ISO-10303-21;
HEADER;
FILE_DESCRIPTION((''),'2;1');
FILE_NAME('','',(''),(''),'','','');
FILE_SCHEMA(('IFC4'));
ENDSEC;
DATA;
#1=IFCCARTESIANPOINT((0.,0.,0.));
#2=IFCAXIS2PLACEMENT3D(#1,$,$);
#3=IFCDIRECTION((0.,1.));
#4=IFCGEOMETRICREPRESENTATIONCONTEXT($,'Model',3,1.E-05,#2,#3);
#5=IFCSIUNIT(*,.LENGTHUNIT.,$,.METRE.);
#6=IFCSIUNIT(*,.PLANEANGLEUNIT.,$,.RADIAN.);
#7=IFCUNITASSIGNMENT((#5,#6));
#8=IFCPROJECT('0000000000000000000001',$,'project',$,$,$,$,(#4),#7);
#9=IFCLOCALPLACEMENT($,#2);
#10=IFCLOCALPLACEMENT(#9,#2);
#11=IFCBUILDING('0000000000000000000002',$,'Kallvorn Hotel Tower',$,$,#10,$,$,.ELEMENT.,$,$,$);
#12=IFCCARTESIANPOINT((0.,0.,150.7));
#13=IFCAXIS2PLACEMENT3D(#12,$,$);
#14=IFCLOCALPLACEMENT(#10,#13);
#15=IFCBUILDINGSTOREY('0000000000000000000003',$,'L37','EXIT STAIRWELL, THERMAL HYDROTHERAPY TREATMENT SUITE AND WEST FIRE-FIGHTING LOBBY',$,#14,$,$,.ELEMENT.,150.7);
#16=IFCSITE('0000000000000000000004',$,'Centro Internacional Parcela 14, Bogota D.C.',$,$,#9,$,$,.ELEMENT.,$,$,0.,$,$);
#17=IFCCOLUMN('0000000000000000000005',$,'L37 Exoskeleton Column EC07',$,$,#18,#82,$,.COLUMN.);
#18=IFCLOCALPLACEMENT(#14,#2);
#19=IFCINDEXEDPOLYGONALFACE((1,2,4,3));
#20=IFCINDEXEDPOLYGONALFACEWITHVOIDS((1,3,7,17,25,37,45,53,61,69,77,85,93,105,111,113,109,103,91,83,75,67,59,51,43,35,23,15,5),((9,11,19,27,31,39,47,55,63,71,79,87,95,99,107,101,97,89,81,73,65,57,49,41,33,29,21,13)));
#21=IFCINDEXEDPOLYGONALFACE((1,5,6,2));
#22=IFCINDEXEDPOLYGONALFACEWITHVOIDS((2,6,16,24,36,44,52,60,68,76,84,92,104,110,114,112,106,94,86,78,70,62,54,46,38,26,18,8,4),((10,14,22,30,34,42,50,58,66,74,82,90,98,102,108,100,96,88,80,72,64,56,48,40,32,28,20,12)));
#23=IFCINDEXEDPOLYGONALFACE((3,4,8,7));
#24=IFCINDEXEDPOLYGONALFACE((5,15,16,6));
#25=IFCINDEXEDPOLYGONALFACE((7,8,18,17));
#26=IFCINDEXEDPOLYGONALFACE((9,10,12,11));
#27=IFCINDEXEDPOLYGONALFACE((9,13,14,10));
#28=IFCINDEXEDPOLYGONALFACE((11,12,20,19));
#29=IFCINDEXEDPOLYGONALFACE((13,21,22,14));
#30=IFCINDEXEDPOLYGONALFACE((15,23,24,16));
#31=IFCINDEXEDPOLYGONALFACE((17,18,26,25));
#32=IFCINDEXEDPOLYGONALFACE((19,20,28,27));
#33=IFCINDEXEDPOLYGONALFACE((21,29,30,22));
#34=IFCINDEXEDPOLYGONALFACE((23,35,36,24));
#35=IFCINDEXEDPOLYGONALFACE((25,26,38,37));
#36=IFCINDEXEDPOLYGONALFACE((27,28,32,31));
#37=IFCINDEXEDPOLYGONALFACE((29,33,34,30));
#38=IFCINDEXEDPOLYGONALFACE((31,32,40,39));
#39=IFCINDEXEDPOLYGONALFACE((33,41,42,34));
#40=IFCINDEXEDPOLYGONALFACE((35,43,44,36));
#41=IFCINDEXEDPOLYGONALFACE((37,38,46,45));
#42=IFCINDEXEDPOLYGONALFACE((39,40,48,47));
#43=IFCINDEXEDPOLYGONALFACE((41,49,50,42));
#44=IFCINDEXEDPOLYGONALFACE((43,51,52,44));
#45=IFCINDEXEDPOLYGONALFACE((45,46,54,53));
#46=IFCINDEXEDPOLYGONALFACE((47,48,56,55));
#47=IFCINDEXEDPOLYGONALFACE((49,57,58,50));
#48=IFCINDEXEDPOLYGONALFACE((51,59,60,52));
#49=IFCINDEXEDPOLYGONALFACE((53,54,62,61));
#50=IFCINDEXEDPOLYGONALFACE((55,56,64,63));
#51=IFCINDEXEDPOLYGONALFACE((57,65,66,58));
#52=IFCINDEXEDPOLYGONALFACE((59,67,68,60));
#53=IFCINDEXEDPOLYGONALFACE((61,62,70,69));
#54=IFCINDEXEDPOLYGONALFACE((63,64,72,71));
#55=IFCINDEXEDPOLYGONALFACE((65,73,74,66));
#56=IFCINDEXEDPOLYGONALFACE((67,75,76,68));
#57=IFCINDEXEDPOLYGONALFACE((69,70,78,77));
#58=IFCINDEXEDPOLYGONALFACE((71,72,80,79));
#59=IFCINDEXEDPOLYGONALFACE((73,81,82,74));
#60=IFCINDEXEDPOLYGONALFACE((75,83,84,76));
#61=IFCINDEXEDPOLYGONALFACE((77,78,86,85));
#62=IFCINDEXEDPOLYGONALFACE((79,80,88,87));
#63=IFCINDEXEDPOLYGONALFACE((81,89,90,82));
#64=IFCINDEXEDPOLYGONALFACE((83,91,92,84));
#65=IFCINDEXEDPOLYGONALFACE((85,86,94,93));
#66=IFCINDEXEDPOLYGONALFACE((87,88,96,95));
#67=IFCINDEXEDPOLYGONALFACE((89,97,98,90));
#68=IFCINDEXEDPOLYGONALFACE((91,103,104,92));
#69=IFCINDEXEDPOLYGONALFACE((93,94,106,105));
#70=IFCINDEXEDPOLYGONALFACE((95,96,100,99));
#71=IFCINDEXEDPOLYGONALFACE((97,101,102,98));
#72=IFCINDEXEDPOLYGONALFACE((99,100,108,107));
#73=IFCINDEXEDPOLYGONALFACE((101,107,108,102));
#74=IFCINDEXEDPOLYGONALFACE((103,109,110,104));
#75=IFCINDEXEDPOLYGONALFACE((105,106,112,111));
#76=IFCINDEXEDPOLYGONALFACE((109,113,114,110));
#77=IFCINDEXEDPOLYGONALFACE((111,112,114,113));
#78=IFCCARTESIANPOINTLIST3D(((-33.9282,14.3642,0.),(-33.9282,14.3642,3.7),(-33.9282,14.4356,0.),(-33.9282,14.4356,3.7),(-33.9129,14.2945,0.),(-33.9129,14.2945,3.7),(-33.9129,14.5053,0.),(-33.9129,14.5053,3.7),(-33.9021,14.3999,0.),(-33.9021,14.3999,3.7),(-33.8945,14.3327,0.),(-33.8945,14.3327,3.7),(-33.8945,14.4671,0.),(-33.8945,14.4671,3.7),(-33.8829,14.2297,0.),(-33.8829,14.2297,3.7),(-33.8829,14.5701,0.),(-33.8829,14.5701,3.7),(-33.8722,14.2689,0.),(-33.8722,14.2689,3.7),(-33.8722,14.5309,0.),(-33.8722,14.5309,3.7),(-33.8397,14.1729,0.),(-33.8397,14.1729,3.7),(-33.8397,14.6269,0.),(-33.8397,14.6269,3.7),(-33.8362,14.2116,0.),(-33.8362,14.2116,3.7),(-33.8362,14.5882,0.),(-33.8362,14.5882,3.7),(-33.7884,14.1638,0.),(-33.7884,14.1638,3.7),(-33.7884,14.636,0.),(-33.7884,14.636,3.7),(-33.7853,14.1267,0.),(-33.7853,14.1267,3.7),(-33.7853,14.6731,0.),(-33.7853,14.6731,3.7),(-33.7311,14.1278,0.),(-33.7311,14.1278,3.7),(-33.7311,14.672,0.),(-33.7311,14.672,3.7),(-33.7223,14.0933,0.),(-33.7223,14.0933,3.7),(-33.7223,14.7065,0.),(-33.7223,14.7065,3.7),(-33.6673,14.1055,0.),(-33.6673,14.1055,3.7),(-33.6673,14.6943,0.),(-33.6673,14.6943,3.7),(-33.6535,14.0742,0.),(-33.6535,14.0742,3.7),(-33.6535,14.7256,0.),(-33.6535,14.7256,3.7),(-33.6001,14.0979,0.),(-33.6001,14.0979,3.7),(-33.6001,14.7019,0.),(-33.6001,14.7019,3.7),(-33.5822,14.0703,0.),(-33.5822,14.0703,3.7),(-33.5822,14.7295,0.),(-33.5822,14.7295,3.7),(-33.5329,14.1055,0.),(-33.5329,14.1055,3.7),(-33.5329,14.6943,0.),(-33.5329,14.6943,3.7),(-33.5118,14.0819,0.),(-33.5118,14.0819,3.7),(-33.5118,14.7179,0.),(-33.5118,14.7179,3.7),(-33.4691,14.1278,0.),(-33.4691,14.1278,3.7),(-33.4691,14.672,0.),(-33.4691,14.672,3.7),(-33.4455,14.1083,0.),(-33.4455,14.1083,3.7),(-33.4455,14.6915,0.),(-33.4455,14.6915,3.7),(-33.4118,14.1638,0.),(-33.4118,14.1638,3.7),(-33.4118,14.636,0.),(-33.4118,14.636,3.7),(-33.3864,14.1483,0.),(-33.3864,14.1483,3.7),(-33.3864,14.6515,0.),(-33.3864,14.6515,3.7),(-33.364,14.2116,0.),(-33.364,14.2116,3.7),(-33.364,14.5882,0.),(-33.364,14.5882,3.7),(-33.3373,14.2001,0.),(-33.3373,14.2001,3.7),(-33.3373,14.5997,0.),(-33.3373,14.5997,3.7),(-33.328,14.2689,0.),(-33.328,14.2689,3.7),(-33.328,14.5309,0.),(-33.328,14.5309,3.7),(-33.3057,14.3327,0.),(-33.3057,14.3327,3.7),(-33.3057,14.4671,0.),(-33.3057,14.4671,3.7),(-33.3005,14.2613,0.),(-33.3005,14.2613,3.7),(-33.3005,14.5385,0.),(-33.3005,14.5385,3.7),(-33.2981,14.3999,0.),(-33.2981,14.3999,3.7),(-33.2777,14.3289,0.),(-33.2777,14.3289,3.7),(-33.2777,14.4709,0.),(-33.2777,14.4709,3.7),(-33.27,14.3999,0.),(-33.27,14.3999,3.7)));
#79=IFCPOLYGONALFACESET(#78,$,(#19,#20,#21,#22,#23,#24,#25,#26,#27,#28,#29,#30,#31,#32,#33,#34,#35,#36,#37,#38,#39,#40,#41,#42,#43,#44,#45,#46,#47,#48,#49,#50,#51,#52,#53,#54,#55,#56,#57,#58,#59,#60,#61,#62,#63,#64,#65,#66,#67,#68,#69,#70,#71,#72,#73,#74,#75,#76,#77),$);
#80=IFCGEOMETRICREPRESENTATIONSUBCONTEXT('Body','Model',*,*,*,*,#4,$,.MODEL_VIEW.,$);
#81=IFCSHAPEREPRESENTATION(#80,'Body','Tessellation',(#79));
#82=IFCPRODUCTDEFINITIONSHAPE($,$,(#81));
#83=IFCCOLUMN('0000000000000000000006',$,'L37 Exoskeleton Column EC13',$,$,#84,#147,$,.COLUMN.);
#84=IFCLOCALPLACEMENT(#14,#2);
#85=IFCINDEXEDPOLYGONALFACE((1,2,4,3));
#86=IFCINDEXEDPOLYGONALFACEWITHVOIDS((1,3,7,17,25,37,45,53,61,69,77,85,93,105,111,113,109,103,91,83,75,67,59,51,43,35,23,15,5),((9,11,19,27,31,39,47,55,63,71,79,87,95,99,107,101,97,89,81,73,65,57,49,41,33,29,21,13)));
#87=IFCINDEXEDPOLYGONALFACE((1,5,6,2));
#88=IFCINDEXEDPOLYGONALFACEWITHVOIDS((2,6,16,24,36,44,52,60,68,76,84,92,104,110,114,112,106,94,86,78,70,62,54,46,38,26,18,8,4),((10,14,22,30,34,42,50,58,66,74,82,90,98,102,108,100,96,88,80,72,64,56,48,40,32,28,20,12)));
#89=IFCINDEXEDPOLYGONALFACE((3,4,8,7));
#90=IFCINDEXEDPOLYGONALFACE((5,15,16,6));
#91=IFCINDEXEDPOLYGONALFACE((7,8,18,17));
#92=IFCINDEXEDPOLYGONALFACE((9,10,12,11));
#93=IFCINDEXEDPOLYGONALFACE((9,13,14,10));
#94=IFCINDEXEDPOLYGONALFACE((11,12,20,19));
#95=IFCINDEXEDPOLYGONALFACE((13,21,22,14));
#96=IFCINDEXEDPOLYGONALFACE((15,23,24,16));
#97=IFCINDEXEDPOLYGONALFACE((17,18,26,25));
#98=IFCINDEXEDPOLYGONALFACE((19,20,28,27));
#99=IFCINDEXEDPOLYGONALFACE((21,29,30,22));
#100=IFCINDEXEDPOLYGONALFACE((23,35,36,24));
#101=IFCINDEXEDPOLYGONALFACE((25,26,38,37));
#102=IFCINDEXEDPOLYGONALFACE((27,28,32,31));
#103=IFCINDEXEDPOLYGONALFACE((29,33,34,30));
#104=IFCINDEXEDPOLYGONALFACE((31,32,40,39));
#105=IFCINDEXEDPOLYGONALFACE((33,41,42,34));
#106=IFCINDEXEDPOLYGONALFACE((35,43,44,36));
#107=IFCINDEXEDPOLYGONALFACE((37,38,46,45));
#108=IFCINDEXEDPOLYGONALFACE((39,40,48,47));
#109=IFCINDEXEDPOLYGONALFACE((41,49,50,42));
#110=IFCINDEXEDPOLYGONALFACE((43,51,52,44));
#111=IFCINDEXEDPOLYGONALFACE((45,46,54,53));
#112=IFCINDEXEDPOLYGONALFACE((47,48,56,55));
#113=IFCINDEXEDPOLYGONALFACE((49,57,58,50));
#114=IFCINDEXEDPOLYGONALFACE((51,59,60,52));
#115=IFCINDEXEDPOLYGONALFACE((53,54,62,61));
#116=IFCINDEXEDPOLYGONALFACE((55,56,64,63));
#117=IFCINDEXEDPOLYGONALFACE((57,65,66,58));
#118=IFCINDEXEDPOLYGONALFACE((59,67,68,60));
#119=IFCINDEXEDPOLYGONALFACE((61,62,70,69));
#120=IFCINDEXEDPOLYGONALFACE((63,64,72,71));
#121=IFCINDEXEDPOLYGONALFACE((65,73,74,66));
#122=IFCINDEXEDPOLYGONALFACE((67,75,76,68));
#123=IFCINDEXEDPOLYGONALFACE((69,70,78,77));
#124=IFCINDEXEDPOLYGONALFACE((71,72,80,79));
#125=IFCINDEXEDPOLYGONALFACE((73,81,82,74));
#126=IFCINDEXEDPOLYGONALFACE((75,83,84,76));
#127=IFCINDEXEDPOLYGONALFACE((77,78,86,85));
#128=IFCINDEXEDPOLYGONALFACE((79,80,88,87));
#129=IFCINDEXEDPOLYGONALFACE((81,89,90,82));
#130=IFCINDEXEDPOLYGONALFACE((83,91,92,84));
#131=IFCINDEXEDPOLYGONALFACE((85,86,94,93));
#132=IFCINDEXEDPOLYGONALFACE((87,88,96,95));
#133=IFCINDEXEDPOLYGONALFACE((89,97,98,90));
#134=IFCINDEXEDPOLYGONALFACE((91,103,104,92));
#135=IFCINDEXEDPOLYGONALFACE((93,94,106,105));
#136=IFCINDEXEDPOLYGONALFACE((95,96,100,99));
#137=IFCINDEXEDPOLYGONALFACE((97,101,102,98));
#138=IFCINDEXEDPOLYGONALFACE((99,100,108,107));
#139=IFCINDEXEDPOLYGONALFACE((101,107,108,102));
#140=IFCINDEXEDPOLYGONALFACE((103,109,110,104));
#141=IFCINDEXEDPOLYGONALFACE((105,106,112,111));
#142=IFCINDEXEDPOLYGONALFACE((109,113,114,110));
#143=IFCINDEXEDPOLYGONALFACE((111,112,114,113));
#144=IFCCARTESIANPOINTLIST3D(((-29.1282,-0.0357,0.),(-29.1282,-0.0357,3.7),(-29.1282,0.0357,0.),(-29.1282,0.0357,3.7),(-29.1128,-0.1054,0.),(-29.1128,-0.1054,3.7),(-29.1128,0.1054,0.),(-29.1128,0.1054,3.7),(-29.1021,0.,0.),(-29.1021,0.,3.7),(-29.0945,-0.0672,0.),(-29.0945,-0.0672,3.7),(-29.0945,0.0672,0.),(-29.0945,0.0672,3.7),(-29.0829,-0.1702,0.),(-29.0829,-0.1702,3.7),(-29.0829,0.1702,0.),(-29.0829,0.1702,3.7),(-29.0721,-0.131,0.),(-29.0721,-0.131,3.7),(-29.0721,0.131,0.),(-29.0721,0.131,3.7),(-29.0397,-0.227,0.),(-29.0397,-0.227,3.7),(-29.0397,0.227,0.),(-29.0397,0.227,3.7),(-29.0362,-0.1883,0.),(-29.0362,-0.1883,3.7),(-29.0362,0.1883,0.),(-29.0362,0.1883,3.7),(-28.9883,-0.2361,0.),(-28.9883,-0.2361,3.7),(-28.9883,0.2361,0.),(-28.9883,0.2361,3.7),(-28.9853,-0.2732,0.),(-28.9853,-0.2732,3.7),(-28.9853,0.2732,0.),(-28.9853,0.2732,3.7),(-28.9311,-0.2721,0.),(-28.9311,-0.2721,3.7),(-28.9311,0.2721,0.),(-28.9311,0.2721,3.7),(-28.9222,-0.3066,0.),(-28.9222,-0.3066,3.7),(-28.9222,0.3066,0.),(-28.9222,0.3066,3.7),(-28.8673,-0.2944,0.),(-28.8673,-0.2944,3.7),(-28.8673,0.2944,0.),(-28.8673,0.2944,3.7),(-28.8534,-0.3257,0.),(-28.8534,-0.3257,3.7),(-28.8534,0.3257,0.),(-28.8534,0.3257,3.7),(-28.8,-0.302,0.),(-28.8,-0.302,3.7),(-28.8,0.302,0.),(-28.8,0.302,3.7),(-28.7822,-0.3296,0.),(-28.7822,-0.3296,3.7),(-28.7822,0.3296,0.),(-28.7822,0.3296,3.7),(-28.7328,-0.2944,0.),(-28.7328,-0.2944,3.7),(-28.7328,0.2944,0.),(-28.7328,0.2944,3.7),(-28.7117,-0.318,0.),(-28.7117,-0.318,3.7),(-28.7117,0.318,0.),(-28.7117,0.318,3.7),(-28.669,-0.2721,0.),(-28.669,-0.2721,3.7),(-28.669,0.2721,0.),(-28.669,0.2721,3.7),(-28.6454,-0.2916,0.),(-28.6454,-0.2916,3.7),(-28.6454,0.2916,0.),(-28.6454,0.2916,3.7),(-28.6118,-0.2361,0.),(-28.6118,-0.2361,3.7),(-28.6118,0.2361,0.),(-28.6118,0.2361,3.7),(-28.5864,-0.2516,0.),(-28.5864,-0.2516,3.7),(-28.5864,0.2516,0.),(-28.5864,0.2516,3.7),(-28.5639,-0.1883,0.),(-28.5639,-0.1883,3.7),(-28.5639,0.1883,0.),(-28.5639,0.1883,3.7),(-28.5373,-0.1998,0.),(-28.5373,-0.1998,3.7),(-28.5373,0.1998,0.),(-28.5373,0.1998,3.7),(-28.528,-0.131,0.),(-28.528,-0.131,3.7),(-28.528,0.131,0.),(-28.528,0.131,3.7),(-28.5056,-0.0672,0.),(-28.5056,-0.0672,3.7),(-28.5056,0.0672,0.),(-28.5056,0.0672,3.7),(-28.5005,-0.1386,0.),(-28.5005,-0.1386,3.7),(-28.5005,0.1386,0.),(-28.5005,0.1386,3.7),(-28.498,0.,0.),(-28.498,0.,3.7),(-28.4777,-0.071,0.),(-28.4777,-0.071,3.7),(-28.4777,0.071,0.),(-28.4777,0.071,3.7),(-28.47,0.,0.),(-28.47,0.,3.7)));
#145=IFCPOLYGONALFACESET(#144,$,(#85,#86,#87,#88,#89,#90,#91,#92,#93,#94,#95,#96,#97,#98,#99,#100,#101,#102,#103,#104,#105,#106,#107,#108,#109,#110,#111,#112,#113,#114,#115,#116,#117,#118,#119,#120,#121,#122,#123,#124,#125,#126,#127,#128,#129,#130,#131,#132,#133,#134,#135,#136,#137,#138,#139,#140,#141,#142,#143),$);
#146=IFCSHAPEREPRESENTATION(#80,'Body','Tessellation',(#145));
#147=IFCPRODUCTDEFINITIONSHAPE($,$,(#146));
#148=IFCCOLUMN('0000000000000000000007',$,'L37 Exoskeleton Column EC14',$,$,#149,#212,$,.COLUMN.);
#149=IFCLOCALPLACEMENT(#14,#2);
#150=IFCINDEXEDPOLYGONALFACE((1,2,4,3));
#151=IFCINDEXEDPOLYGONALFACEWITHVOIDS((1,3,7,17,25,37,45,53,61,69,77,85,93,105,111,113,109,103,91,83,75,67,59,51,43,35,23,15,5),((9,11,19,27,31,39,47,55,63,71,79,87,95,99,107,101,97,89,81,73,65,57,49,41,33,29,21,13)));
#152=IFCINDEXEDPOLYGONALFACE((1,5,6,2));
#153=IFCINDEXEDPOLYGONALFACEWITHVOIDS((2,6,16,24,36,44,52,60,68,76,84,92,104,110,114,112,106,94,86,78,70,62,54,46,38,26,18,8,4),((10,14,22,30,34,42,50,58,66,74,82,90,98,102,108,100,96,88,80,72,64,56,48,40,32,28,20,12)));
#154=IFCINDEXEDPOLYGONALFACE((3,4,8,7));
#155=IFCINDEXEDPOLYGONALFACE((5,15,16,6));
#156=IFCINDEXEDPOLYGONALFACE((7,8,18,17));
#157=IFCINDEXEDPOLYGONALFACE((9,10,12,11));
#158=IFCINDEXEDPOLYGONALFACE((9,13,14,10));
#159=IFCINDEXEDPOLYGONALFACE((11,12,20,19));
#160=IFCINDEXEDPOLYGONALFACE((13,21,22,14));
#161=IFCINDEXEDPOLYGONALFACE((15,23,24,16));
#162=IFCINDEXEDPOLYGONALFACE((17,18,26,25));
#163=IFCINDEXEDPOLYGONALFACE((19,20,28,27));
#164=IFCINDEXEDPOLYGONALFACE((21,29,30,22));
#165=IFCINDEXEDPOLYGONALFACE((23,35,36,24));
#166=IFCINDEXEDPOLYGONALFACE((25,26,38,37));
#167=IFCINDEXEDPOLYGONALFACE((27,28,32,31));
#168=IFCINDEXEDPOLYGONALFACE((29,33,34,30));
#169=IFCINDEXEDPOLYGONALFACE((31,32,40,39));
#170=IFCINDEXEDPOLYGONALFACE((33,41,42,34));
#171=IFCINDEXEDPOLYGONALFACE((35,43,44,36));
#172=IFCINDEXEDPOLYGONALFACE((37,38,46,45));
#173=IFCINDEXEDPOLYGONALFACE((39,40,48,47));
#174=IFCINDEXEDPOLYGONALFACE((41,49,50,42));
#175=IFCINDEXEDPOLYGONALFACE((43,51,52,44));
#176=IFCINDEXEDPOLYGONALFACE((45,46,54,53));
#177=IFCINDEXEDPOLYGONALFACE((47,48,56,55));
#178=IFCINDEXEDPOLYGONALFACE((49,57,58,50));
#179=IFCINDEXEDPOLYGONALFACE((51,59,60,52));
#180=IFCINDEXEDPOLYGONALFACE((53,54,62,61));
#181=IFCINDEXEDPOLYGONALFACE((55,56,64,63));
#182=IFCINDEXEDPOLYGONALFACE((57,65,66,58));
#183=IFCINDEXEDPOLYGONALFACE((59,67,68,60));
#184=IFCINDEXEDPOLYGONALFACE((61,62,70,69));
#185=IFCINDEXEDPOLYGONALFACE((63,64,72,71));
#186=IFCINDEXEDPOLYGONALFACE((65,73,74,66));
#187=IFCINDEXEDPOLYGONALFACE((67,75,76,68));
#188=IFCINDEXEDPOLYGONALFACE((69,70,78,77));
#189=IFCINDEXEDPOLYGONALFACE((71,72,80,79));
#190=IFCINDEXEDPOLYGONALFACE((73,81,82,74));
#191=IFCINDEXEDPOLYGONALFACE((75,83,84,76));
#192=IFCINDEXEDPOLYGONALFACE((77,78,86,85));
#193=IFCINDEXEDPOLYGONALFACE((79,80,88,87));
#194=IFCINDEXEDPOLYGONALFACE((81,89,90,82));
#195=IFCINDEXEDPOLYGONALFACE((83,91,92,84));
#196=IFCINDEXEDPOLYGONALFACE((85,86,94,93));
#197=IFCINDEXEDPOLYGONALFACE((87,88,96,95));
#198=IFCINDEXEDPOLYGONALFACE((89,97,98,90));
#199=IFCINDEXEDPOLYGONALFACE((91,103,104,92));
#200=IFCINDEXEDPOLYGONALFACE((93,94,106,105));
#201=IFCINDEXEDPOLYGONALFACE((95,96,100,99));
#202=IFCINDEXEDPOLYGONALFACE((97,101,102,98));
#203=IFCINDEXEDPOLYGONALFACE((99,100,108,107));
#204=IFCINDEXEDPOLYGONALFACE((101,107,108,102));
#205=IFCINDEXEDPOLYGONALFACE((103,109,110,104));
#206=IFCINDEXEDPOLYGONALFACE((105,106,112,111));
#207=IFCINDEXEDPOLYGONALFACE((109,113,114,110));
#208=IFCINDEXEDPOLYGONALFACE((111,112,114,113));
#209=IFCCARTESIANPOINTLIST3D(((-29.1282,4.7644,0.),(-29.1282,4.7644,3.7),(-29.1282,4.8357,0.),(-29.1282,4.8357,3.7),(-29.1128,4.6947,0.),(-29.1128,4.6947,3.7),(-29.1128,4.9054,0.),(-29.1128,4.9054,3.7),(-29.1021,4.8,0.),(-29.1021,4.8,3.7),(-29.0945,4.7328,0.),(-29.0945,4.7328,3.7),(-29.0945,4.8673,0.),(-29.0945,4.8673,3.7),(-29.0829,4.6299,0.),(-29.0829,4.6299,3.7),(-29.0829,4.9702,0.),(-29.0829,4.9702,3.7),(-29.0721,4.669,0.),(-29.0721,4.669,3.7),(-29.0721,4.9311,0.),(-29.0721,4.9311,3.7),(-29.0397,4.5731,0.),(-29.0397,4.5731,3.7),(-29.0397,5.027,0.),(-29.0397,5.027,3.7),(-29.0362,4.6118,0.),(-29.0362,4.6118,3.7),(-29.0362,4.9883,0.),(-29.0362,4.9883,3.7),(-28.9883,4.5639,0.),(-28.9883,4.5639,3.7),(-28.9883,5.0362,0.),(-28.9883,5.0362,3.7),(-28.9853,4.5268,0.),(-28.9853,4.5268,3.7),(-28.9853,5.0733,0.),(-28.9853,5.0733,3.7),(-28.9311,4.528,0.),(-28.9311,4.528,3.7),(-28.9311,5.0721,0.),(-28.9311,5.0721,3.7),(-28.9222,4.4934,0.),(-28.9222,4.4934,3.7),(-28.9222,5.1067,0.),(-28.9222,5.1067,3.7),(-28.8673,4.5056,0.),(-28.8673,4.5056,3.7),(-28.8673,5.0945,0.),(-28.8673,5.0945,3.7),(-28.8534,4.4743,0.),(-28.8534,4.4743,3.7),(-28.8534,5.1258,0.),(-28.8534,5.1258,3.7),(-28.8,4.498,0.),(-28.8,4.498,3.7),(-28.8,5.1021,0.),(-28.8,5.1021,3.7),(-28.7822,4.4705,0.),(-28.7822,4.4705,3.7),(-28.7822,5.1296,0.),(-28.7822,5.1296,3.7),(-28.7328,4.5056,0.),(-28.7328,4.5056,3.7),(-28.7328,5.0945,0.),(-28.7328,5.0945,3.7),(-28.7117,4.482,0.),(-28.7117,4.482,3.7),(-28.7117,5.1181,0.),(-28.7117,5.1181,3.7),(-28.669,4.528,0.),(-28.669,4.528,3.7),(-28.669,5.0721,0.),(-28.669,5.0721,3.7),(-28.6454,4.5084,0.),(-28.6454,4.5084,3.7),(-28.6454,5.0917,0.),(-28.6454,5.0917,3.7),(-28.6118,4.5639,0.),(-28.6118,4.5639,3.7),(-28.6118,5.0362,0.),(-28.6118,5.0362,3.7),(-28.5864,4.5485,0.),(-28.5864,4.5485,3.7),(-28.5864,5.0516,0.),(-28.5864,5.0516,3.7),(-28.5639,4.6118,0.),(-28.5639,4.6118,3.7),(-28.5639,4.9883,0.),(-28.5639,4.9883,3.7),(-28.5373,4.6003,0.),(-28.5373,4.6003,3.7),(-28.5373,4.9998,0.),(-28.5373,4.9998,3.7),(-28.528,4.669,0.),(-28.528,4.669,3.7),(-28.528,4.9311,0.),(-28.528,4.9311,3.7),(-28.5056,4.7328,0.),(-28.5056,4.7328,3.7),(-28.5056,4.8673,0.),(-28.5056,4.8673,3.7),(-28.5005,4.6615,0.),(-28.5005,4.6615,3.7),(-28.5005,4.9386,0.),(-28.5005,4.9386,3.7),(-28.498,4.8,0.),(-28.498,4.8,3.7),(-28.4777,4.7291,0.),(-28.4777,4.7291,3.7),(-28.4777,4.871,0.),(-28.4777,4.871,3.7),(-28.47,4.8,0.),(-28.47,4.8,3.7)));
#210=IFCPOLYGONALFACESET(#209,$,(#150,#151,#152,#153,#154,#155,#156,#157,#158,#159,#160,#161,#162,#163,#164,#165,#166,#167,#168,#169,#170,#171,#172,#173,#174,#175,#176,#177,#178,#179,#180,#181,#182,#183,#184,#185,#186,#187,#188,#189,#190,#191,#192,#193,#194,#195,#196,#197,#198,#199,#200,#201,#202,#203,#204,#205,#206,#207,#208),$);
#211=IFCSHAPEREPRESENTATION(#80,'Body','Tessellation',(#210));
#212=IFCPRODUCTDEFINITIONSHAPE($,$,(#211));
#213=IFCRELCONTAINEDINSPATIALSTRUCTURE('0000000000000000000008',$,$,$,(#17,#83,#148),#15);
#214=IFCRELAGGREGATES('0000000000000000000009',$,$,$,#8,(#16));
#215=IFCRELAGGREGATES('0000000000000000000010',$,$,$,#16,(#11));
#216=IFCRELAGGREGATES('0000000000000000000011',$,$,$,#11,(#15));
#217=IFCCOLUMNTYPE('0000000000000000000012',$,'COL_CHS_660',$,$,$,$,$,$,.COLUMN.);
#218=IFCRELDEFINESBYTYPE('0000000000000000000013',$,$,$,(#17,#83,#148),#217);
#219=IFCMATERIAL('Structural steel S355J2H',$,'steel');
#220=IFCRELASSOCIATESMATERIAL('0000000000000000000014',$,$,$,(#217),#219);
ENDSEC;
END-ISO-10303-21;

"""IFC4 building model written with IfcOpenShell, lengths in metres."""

from ifc_helpers import new_model, si_unit, direction, frame, origin, origin_2d, place, context, subcontext, project, spatial, hollow_circle, extrude, material, material_profile, profile_set, type_object, element, save


model = new_model("IFC4")

# Units and contexts
model_context = context("Model", 3, precision=1e-05, world=origin(), true_north=direction((0.0, 1.0)))
body_context = subcontext(model_context, "Body", "Model", "MODEL_VIEW")
ifc_project = project(units=[si_unit("LENGTHUNIT", "METRE"), si_unit("PLANEANGLEUNIT", "RADIAN")], contexts=[model_context])

# Site, building, storey
site_placement = place(None, origin())
site = spatial("IfcSite", under=ifc_project, at=site_placement, Name="Centro Internacional Parcela 14, Bogota D.C.", CompositionType="ELEMENT", RefElevation=0.0)
building_placement = place(site_placement, origin())
building = spatial("IfcBuilding", under=site, at=building_placement, Name="Kallvorn Hotel Tower", CompositionType="ELEMENT")
storey_placement = place(building_placement, frame((0.0, 0.0, 150.7)))
storey = spatial("IfcBuildingStorey", under=building, at=storey_placement, Name="L37", Description="EXIT STAIRWELL, THERMAL HYDROTHERAPY TREATMENT SUITE AND WEST FIRE-FIGHTING LOBBY", CompositionType="ELEMENT", Elevation=150.7)

# Columns
ifc_material_1 = material(Name="Structural steel S355J2H", Category="steel")
ifc_material_profile_1 = material_profile(ifc_material_1, hollow_circle(Radius=0.3301, WallThickness=0.0281, at=origin_2d()), Name="CHS 660x28")
ifc_profile_set_1 = profile_set([ifc_material_profile_1], Name="Structural steel S355J2H")
column_type_1 = type_object("IfcColumnType", Name="COL_CHS_660", PredefinedType="COLUMN", material=ifc_profile_set_1)
for number, where, z_axis, x_axis, name in (
    (1, (-33.6001, 14.3999, 0.0), (0.0, 0.0, 1.0), (1.0, 0.0, 0.0), "L37 Exoskeleton Column EC07"),
    (2, (-28.8, 0.0, 0.0), (0.0, 0.0, 1.0), (1.0, 0.0, 0.0), "L37 Exoskeleton Column EC13"),
    (3, (-28.8, 4.8, 0.0), (0.0, 0.0, 1.0), (1.0, 0.0, 0.0), "L37 Exoskeleton Column EC14"),
):
    element("IfcColumn", number, at=place(storey_placement, frame(where, z_axis=z_axis, x_axis=x_axis)), inside=storey, type_object=column_type_1, Name=name, PredefinedType="COLUMN", context=body_context, shape_type="SweptSolid", body=[
        extrude(hollow_circle(Radius=0.3301, WallThickness=0.0281, at=origin_2d()), origin(), (0.0, 0.0, 1.0), 3.7),
    ])

save(model, "model.ifc")
